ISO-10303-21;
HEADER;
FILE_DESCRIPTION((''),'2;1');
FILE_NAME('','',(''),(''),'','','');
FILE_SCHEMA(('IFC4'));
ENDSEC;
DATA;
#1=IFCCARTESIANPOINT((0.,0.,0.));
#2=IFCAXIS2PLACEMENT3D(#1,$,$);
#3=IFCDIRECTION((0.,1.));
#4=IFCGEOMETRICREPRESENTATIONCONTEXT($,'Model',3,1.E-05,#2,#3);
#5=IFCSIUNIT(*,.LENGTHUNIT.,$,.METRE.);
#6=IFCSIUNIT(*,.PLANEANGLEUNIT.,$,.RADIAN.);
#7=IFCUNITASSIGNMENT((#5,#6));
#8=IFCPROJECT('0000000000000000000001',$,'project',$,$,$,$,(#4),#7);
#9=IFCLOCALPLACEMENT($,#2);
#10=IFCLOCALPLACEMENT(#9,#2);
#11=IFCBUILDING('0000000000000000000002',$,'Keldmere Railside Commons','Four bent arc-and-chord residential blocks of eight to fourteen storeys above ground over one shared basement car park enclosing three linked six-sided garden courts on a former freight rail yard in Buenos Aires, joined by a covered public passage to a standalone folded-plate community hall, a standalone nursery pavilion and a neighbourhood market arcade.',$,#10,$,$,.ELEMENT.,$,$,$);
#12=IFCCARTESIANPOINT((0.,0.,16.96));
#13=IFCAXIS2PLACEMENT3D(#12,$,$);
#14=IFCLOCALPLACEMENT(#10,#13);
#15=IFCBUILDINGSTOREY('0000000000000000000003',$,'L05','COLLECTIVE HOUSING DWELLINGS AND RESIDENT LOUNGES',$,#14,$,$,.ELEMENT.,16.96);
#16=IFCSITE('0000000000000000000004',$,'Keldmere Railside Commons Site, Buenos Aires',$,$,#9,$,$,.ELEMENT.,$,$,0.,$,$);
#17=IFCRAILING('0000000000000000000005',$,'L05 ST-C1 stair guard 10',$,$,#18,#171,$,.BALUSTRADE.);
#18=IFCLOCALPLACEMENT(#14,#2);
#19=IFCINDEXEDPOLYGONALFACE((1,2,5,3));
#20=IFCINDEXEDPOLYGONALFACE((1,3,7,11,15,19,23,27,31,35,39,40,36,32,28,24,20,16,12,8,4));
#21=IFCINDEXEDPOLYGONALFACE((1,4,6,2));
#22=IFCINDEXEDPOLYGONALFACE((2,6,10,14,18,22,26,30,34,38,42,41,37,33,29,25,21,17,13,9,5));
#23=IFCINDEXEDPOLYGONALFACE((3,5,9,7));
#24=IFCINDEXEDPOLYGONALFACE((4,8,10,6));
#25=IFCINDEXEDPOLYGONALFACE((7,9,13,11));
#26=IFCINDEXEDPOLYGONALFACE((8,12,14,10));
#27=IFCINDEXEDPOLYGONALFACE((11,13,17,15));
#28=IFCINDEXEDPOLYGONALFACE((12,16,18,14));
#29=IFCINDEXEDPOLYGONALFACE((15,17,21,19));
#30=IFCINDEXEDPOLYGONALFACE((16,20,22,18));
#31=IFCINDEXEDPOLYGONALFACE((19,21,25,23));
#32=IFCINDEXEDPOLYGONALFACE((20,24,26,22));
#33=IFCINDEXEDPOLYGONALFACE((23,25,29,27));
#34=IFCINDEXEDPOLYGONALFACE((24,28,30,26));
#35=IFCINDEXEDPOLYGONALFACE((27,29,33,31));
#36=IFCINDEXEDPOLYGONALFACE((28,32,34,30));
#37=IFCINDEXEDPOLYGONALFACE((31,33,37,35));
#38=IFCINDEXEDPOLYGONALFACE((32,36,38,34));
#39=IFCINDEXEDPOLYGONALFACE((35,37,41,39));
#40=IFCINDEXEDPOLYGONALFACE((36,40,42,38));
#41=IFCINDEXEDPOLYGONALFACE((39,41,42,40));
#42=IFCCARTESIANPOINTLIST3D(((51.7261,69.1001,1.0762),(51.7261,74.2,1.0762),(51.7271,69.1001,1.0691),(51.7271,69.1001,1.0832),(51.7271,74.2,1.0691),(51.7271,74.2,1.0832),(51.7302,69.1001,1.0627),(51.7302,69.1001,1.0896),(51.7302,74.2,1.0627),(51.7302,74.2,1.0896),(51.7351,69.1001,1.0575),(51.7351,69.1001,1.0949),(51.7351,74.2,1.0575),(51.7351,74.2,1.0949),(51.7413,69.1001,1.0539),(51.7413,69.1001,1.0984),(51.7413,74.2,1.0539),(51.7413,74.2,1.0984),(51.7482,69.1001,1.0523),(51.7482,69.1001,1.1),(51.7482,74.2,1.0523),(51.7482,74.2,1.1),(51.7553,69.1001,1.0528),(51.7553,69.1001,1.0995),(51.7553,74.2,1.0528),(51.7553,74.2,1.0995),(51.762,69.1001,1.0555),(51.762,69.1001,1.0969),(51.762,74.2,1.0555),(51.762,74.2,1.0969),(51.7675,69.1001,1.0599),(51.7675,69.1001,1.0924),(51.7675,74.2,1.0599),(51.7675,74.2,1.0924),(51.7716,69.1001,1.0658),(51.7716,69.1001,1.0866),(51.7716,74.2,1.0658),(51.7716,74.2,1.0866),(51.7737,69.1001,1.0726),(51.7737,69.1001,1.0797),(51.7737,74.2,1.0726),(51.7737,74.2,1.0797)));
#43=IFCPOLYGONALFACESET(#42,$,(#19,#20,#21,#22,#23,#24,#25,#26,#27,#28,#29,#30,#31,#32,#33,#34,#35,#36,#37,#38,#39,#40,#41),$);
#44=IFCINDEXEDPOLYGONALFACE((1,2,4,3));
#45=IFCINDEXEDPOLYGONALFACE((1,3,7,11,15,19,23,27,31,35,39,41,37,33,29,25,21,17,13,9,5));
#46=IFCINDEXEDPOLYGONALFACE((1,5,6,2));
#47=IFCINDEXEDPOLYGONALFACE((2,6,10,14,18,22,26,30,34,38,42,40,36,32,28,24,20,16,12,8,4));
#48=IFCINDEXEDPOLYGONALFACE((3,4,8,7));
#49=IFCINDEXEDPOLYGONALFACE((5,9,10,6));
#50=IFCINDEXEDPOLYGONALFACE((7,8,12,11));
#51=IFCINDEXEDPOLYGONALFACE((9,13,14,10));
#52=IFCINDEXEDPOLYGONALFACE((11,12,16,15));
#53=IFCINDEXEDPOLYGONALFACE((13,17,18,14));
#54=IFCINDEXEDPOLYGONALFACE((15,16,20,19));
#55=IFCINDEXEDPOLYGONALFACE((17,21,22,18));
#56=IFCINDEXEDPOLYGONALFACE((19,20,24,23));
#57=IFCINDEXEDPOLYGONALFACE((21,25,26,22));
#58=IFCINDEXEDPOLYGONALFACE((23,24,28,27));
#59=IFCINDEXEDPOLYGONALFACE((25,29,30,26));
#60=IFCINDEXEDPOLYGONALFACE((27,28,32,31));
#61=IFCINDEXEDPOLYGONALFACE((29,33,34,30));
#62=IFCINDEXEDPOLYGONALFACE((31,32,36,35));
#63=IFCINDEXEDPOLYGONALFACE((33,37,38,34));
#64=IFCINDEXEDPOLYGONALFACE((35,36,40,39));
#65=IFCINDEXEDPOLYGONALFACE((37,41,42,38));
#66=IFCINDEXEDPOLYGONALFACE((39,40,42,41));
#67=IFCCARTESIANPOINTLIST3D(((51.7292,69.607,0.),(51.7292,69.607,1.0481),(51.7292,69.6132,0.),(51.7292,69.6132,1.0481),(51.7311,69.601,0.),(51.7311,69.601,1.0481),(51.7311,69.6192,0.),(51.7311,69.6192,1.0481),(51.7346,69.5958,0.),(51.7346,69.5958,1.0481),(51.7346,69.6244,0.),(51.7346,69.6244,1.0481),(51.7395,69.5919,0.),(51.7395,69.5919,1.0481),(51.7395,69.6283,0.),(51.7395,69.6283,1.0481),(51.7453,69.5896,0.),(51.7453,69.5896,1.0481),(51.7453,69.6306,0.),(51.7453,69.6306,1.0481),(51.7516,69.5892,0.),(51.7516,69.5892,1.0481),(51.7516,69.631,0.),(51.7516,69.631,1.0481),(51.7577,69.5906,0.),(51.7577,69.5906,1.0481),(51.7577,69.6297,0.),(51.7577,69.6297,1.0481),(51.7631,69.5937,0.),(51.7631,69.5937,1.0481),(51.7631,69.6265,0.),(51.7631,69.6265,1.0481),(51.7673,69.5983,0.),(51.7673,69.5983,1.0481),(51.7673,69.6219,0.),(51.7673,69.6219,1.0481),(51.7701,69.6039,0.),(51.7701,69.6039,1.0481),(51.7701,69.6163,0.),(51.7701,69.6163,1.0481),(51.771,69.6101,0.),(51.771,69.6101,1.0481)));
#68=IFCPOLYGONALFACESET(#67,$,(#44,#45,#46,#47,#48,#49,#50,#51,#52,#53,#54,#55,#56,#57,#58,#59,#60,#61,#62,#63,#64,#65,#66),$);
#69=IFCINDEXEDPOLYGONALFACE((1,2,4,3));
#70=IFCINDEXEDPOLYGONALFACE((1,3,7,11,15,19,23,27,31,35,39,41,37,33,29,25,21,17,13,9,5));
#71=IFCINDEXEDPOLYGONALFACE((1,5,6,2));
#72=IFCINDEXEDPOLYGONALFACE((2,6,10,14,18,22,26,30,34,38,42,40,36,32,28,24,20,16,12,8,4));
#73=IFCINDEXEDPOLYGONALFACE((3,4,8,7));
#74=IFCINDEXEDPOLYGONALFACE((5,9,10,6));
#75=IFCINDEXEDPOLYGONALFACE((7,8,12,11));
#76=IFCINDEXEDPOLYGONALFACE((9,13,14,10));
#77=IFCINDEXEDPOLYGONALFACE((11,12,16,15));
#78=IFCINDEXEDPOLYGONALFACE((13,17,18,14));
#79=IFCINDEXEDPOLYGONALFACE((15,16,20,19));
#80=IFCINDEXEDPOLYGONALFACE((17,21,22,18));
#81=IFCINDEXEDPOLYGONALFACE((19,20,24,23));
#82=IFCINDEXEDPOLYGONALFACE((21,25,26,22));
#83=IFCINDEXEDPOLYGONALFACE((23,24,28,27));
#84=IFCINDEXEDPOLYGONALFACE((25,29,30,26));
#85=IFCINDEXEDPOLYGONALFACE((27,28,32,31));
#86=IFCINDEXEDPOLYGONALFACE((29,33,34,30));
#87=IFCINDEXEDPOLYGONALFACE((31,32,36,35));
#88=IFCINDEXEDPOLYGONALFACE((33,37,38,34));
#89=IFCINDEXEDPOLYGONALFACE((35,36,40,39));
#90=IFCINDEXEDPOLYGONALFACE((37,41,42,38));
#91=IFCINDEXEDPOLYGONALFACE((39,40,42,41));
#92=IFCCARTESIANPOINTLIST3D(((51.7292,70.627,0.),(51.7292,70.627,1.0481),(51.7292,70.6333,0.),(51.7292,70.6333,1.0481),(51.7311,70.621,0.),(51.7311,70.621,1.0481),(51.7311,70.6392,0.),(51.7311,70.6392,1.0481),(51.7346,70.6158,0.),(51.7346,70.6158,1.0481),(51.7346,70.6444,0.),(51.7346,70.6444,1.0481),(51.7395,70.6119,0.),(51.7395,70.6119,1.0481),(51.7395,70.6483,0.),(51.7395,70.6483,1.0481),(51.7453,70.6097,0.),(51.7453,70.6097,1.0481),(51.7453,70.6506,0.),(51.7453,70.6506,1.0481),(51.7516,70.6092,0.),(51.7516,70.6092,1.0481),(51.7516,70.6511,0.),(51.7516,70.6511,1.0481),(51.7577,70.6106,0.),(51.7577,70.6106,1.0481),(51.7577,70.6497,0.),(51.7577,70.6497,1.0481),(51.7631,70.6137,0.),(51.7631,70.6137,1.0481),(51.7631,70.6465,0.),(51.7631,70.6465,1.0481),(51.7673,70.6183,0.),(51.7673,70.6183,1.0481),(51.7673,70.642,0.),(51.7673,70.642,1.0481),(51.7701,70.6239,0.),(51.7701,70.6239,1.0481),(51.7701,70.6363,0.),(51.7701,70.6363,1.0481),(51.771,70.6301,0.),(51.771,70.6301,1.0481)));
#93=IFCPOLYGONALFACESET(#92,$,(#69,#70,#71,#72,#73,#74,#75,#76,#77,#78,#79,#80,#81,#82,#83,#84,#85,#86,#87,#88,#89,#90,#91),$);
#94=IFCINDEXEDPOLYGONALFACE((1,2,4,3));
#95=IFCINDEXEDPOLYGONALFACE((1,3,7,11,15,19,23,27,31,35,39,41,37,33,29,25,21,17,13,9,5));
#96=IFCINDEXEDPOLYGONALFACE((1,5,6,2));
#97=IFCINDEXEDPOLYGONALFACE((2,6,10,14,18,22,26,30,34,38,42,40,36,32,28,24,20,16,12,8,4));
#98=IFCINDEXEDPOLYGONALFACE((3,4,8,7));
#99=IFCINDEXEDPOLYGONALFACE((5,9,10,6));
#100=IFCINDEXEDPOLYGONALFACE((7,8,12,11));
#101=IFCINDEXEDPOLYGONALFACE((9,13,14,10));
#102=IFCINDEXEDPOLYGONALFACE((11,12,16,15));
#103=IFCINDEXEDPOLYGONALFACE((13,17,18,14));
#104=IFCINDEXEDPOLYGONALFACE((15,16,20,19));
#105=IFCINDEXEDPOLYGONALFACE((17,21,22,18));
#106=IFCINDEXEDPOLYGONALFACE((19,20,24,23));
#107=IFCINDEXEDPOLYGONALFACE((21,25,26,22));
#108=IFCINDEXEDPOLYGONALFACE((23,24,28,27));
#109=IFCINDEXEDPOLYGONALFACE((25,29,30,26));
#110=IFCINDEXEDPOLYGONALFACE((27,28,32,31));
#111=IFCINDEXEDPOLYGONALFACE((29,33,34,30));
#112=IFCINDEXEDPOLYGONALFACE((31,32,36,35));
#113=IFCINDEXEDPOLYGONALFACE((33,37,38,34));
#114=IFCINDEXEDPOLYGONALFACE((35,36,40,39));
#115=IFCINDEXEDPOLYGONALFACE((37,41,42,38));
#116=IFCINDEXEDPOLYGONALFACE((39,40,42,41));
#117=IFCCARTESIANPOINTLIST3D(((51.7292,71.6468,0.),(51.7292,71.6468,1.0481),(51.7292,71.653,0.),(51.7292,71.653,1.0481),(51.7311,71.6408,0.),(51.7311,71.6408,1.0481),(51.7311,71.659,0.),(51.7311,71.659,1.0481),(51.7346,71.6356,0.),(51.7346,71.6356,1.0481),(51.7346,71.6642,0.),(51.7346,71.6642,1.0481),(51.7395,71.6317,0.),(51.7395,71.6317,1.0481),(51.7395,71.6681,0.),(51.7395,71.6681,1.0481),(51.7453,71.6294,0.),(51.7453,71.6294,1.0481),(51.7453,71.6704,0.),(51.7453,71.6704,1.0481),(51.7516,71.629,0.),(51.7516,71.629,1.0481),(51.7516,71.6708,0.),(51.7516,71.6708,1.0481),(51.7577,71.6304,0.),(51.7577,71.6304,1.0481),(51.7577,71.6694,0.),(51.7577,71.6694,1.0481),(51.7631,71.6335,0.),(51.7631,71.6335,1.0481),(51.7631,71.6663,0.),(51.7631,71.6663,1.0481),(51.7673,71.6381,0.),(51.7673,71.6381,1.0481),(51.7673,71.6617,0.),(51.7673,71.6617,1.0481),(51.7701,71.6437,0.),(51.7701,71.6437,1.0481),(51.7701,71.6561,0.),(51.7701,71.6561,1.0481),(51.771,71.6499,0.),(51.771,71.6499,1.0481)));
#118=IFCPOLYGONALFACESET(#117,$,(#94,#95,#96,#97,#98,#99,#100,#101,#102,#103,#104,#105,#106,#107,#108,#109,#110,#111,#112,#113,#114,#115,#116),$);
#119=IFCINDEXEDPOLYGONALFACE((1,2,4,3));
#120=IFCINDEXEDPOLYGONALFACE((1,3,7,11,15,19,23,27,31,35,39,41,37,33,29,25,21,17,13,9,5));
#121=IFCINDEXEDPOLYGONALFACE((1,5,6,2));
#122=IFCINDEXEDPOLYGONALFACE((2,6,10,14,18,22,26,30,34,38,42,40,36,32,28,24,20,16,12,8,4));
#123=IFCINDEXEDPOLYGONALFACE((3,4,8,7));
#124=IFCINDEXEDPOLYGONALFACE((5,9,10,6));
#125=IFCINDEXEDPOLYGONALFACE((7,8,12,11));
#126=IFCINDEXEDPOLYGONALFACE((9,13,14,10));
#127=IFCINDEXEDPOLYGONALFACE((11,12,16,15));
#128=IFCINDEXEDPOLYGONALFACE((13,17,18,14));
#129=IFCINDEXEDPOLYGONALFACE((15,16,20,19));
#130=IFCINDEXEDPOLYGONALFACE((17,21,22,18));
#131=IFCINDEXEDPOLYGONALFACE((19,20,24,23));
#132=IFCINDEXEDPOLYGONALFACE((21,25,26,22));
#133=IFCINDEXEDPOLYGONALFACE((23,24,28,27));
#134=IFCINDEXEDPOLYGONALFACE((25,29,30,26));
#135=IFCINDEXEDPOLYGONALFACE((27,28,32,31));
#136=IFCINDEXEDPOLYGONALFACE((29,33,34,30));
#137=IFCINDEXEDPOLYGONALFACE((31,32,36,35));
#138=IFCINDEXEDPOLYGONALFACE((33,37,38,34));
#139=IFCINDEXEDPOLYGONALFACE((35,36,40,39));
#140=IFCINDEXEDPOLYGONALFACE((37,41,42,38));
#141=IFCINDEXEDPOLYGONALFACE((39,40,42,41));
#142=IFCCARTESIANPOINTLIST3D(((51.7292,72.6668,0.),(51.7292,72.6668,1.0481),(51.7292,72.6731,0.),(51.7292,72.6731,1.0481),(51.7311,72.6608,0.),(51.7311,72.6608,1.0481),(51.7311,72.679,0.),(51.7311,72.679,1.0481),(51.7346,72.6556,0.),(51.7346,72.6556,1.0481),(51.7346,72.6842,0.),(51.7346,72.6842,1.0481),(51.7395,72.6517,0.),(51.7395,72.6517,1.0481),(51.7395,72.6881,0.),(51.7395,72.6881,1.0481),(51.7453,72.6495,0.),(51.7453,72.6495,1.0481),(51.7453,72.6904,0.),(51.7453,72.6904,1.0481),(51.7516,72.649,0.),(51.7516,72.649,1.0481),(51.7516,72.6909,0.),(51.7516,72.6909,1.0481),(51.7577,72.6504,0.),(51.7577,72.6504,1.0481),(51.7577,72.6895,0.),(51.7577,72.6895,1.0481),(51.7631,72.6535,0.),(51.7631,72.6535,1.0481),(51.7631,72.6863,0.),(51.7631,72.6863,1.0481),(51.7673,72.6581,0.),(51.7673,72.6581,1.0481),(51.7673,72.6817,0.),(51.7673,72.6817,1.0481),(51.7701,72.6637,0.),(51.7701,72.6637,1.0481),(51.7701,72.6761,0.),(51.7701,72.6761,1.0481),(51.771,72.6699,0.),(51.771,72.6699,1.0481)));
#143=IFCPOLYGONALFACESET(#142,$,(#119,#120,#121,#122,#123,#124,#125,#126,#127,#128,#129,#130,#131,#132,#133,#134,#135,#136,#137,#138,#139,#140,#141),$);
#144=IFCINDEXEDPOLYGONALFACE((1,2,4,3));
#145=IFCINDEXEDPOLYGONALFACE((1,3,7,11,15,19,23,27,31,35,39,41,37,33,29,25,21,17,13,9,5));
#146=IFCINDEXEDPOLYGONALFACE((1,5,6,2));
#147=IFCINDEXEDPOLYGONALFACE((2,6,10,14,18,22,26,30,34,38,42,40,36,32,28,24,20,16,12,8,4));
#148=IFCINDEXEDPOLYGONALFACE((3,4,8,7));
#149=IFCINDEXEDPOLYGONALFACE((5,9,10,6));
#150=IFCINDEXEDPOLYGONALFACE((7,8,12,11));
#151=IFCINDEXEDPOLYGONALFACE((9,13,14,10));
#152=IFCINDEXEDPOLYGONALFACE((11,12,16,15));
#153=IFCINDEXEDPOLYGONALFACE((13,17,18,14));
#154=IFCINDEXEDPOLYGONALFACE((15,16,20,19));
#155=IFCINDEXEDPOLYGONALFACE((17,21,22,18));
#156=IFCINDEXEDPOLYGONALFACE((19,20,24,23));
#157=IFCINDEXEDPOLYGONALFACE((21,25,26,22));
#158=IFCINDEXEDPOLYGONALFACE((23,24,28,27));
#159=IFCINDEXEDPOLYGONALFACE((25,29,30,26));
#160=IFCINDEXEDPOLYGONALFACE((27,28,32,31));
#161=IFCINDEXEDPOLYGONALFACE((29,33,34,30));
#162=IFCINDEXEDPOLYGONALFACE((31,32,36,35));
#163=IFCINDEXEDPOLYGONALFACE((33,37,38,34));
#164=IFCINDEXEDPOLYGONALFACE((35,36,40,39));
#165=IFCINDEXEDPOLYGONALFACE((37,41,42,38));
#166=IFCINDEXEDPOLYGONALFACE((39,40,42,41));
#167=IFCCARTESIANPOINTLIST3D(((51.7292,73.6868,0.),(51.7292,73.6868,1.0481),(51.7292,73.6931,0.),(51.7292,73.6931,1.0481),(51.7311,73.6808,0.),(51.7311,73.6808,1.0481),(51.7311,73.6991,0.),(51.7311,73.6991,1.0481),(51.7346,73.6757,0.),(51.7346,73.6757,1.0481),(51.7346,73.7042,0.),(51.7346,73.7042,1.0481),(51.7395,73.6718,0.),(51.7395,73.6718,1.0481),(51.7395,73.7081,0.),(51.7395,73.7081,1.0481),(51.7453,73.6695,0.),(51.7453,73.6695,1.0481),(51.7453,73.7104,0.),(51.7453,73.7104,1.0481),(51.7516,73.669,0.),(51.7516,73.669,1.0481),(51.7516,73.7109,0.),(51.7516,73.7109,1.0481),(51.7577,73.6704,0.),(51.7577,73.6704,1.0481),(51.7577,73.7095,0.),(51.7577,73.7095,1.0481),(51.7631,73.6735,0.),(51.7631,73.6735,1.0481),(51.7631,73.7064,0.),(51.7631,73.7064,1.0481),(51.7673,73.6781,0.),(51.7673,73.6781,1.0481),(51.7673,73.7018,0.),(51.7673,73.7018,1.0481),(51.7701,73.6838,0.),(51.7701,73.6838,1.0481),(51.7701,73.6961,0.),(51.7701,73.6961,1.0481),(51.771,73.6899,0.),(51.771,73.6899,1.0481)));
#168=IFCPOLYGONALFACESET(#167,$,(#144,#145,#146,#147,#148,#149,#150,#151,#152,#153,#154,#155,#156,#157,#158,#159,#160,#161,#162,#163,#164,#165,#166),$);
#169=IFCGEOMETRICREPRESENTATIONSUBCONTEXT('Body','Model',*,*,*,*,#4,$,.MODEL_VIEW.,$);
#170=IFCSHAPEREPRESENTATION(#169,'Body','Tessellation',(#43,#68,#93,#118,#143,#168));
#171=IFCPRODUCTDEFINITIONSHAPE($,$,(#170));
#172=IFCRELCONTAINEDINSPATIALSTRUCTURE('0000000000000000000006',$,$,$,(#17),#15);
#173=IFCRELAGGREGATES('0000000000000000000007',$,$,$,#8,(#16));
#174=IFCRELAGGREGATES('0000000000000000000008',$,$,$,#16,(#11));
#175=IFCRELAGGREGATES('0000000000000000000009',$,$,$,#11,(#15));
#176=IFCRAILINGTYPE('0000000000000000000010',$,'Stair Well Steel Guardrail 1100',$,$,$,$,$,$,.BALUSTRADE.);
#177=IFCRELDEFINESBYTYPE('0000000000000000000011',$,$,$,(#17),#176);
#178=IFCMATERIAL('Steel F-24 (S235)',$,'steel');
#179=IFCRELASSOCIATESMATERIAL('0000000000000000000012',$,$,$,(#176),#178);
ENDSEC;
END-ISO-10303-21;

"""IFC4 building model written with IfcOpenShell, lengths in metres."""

from ifc_helpers import new_model, si_unit, direction, frame, origin, origin_2d, place, context, subcontext, project, spatial, circle, extrude, material, type_object, element, save


model = new_model("IFC4")

# Units and contexts
model_context = context("Model", 3, precision=1e-05, world=origin(), true_north=direction((0.0, 1.0)))
body_context = subcontext(model_context, "Body", "Model", "MODEL_VIEW")
ifc_project = project(units=[si_unit("LENGTHUNIT", "METRE"), si_unit("PLANEANGLEUNIT", "RADIAN")], contexts=[model_context])

# Site, building, storey
site_placement = place(None, origin())
site = spatial("IfcSite", under=ifc_project, at=site_placement, Name="Keldmere Railside Commons Site, Buenos Aires", CompositionType="ELEMENT", RefElevation=0.0)
building_placement = place(site_placement, origin())
building = spatial("IfcBuilding", under=site, at=building_placement, Name="Keldmere Railside Commons", Description="Four bent arc-and-chord residential blocks of eight to fourteen storeys above ground over one shared basement car park enclosing three linked six-sided garden courts on a former freight rail yard in Buenos Aires, joined by a covered public passage to a standalone folded-plate community hall, a standalone nursery pavilion and a neighbourhood market arcade.", CompositionType="ELEMENT")
storey_placement = place(building_placement, frame((0.0, 0.0, 16.96)))
storey = spatial("IfcBuildingStorey", under=building, at=storey_placement, Name="L05", Description="COLLECTIVE HOUSING DWELLINGS AND RESIDENT LOUNGES", CompositionType="ELEMENT", Elevation=16.96)

# Railing
ifc_material_1 = material(Name="Steel F-24 (S235)", Category="steel")
railing_type_1 = type_object("IfcRailingType", Name="Stair Well Steel Guardrail 1100", PredefinedType="BALUSTRADE", material=ifc_material_1)
railing_1_placement = place(storey_placement, frame((51.75, 69.1001, 0.0)))
element("IfcRailing", 1, at=railing_1_placement, inside=storey, type_object=railing_type_1, Name="L05 ST-C1 stair guard 10", PredefinedType="BALUSTRADE", context=body_context, shape_type="SweptSolid", body=[
    extrude(circle(Radius=0.0239, at=origin_2d()), frame((0.0, 0.0, 1.0762), z_axis=(0.0, 1.0, 0.0), x_axis=(-1.0, 0.0, 0.0)), (0.0, 0.0, 1.0), 5.0999),
    extrude(circle(Radius=0.021, at=origin_2d()), frame((0.0, 0.51, 0.0)), (0.0, 0.0, 1.0), 1.0481),
    extrude(circle(Radius=0.021, at=origin_2d()), frame((0.0, 1.53, 0.0)), (0.0, 0.0, 1.0), 1.0481),
    extrude(circle(Radius=0.021, at=origin_2d()), frame((0.0, 2.5498, 0.0)), (0.0, 0.0, 1.0), 1.0481),
    extrude(circle(Radius=0.021, at=origin_2d()), frame((0.0, 3.5698, 0.0)), (0.0, 0.0, 1.0), 1.0481),
    extrude(circle(Radius=0.021, at=origin_2d()), frame((0.0, 4.5898, 0.0)), (0.0, 0.0, 1.0), 1.0481),
])

save(model, "model.ifc")
